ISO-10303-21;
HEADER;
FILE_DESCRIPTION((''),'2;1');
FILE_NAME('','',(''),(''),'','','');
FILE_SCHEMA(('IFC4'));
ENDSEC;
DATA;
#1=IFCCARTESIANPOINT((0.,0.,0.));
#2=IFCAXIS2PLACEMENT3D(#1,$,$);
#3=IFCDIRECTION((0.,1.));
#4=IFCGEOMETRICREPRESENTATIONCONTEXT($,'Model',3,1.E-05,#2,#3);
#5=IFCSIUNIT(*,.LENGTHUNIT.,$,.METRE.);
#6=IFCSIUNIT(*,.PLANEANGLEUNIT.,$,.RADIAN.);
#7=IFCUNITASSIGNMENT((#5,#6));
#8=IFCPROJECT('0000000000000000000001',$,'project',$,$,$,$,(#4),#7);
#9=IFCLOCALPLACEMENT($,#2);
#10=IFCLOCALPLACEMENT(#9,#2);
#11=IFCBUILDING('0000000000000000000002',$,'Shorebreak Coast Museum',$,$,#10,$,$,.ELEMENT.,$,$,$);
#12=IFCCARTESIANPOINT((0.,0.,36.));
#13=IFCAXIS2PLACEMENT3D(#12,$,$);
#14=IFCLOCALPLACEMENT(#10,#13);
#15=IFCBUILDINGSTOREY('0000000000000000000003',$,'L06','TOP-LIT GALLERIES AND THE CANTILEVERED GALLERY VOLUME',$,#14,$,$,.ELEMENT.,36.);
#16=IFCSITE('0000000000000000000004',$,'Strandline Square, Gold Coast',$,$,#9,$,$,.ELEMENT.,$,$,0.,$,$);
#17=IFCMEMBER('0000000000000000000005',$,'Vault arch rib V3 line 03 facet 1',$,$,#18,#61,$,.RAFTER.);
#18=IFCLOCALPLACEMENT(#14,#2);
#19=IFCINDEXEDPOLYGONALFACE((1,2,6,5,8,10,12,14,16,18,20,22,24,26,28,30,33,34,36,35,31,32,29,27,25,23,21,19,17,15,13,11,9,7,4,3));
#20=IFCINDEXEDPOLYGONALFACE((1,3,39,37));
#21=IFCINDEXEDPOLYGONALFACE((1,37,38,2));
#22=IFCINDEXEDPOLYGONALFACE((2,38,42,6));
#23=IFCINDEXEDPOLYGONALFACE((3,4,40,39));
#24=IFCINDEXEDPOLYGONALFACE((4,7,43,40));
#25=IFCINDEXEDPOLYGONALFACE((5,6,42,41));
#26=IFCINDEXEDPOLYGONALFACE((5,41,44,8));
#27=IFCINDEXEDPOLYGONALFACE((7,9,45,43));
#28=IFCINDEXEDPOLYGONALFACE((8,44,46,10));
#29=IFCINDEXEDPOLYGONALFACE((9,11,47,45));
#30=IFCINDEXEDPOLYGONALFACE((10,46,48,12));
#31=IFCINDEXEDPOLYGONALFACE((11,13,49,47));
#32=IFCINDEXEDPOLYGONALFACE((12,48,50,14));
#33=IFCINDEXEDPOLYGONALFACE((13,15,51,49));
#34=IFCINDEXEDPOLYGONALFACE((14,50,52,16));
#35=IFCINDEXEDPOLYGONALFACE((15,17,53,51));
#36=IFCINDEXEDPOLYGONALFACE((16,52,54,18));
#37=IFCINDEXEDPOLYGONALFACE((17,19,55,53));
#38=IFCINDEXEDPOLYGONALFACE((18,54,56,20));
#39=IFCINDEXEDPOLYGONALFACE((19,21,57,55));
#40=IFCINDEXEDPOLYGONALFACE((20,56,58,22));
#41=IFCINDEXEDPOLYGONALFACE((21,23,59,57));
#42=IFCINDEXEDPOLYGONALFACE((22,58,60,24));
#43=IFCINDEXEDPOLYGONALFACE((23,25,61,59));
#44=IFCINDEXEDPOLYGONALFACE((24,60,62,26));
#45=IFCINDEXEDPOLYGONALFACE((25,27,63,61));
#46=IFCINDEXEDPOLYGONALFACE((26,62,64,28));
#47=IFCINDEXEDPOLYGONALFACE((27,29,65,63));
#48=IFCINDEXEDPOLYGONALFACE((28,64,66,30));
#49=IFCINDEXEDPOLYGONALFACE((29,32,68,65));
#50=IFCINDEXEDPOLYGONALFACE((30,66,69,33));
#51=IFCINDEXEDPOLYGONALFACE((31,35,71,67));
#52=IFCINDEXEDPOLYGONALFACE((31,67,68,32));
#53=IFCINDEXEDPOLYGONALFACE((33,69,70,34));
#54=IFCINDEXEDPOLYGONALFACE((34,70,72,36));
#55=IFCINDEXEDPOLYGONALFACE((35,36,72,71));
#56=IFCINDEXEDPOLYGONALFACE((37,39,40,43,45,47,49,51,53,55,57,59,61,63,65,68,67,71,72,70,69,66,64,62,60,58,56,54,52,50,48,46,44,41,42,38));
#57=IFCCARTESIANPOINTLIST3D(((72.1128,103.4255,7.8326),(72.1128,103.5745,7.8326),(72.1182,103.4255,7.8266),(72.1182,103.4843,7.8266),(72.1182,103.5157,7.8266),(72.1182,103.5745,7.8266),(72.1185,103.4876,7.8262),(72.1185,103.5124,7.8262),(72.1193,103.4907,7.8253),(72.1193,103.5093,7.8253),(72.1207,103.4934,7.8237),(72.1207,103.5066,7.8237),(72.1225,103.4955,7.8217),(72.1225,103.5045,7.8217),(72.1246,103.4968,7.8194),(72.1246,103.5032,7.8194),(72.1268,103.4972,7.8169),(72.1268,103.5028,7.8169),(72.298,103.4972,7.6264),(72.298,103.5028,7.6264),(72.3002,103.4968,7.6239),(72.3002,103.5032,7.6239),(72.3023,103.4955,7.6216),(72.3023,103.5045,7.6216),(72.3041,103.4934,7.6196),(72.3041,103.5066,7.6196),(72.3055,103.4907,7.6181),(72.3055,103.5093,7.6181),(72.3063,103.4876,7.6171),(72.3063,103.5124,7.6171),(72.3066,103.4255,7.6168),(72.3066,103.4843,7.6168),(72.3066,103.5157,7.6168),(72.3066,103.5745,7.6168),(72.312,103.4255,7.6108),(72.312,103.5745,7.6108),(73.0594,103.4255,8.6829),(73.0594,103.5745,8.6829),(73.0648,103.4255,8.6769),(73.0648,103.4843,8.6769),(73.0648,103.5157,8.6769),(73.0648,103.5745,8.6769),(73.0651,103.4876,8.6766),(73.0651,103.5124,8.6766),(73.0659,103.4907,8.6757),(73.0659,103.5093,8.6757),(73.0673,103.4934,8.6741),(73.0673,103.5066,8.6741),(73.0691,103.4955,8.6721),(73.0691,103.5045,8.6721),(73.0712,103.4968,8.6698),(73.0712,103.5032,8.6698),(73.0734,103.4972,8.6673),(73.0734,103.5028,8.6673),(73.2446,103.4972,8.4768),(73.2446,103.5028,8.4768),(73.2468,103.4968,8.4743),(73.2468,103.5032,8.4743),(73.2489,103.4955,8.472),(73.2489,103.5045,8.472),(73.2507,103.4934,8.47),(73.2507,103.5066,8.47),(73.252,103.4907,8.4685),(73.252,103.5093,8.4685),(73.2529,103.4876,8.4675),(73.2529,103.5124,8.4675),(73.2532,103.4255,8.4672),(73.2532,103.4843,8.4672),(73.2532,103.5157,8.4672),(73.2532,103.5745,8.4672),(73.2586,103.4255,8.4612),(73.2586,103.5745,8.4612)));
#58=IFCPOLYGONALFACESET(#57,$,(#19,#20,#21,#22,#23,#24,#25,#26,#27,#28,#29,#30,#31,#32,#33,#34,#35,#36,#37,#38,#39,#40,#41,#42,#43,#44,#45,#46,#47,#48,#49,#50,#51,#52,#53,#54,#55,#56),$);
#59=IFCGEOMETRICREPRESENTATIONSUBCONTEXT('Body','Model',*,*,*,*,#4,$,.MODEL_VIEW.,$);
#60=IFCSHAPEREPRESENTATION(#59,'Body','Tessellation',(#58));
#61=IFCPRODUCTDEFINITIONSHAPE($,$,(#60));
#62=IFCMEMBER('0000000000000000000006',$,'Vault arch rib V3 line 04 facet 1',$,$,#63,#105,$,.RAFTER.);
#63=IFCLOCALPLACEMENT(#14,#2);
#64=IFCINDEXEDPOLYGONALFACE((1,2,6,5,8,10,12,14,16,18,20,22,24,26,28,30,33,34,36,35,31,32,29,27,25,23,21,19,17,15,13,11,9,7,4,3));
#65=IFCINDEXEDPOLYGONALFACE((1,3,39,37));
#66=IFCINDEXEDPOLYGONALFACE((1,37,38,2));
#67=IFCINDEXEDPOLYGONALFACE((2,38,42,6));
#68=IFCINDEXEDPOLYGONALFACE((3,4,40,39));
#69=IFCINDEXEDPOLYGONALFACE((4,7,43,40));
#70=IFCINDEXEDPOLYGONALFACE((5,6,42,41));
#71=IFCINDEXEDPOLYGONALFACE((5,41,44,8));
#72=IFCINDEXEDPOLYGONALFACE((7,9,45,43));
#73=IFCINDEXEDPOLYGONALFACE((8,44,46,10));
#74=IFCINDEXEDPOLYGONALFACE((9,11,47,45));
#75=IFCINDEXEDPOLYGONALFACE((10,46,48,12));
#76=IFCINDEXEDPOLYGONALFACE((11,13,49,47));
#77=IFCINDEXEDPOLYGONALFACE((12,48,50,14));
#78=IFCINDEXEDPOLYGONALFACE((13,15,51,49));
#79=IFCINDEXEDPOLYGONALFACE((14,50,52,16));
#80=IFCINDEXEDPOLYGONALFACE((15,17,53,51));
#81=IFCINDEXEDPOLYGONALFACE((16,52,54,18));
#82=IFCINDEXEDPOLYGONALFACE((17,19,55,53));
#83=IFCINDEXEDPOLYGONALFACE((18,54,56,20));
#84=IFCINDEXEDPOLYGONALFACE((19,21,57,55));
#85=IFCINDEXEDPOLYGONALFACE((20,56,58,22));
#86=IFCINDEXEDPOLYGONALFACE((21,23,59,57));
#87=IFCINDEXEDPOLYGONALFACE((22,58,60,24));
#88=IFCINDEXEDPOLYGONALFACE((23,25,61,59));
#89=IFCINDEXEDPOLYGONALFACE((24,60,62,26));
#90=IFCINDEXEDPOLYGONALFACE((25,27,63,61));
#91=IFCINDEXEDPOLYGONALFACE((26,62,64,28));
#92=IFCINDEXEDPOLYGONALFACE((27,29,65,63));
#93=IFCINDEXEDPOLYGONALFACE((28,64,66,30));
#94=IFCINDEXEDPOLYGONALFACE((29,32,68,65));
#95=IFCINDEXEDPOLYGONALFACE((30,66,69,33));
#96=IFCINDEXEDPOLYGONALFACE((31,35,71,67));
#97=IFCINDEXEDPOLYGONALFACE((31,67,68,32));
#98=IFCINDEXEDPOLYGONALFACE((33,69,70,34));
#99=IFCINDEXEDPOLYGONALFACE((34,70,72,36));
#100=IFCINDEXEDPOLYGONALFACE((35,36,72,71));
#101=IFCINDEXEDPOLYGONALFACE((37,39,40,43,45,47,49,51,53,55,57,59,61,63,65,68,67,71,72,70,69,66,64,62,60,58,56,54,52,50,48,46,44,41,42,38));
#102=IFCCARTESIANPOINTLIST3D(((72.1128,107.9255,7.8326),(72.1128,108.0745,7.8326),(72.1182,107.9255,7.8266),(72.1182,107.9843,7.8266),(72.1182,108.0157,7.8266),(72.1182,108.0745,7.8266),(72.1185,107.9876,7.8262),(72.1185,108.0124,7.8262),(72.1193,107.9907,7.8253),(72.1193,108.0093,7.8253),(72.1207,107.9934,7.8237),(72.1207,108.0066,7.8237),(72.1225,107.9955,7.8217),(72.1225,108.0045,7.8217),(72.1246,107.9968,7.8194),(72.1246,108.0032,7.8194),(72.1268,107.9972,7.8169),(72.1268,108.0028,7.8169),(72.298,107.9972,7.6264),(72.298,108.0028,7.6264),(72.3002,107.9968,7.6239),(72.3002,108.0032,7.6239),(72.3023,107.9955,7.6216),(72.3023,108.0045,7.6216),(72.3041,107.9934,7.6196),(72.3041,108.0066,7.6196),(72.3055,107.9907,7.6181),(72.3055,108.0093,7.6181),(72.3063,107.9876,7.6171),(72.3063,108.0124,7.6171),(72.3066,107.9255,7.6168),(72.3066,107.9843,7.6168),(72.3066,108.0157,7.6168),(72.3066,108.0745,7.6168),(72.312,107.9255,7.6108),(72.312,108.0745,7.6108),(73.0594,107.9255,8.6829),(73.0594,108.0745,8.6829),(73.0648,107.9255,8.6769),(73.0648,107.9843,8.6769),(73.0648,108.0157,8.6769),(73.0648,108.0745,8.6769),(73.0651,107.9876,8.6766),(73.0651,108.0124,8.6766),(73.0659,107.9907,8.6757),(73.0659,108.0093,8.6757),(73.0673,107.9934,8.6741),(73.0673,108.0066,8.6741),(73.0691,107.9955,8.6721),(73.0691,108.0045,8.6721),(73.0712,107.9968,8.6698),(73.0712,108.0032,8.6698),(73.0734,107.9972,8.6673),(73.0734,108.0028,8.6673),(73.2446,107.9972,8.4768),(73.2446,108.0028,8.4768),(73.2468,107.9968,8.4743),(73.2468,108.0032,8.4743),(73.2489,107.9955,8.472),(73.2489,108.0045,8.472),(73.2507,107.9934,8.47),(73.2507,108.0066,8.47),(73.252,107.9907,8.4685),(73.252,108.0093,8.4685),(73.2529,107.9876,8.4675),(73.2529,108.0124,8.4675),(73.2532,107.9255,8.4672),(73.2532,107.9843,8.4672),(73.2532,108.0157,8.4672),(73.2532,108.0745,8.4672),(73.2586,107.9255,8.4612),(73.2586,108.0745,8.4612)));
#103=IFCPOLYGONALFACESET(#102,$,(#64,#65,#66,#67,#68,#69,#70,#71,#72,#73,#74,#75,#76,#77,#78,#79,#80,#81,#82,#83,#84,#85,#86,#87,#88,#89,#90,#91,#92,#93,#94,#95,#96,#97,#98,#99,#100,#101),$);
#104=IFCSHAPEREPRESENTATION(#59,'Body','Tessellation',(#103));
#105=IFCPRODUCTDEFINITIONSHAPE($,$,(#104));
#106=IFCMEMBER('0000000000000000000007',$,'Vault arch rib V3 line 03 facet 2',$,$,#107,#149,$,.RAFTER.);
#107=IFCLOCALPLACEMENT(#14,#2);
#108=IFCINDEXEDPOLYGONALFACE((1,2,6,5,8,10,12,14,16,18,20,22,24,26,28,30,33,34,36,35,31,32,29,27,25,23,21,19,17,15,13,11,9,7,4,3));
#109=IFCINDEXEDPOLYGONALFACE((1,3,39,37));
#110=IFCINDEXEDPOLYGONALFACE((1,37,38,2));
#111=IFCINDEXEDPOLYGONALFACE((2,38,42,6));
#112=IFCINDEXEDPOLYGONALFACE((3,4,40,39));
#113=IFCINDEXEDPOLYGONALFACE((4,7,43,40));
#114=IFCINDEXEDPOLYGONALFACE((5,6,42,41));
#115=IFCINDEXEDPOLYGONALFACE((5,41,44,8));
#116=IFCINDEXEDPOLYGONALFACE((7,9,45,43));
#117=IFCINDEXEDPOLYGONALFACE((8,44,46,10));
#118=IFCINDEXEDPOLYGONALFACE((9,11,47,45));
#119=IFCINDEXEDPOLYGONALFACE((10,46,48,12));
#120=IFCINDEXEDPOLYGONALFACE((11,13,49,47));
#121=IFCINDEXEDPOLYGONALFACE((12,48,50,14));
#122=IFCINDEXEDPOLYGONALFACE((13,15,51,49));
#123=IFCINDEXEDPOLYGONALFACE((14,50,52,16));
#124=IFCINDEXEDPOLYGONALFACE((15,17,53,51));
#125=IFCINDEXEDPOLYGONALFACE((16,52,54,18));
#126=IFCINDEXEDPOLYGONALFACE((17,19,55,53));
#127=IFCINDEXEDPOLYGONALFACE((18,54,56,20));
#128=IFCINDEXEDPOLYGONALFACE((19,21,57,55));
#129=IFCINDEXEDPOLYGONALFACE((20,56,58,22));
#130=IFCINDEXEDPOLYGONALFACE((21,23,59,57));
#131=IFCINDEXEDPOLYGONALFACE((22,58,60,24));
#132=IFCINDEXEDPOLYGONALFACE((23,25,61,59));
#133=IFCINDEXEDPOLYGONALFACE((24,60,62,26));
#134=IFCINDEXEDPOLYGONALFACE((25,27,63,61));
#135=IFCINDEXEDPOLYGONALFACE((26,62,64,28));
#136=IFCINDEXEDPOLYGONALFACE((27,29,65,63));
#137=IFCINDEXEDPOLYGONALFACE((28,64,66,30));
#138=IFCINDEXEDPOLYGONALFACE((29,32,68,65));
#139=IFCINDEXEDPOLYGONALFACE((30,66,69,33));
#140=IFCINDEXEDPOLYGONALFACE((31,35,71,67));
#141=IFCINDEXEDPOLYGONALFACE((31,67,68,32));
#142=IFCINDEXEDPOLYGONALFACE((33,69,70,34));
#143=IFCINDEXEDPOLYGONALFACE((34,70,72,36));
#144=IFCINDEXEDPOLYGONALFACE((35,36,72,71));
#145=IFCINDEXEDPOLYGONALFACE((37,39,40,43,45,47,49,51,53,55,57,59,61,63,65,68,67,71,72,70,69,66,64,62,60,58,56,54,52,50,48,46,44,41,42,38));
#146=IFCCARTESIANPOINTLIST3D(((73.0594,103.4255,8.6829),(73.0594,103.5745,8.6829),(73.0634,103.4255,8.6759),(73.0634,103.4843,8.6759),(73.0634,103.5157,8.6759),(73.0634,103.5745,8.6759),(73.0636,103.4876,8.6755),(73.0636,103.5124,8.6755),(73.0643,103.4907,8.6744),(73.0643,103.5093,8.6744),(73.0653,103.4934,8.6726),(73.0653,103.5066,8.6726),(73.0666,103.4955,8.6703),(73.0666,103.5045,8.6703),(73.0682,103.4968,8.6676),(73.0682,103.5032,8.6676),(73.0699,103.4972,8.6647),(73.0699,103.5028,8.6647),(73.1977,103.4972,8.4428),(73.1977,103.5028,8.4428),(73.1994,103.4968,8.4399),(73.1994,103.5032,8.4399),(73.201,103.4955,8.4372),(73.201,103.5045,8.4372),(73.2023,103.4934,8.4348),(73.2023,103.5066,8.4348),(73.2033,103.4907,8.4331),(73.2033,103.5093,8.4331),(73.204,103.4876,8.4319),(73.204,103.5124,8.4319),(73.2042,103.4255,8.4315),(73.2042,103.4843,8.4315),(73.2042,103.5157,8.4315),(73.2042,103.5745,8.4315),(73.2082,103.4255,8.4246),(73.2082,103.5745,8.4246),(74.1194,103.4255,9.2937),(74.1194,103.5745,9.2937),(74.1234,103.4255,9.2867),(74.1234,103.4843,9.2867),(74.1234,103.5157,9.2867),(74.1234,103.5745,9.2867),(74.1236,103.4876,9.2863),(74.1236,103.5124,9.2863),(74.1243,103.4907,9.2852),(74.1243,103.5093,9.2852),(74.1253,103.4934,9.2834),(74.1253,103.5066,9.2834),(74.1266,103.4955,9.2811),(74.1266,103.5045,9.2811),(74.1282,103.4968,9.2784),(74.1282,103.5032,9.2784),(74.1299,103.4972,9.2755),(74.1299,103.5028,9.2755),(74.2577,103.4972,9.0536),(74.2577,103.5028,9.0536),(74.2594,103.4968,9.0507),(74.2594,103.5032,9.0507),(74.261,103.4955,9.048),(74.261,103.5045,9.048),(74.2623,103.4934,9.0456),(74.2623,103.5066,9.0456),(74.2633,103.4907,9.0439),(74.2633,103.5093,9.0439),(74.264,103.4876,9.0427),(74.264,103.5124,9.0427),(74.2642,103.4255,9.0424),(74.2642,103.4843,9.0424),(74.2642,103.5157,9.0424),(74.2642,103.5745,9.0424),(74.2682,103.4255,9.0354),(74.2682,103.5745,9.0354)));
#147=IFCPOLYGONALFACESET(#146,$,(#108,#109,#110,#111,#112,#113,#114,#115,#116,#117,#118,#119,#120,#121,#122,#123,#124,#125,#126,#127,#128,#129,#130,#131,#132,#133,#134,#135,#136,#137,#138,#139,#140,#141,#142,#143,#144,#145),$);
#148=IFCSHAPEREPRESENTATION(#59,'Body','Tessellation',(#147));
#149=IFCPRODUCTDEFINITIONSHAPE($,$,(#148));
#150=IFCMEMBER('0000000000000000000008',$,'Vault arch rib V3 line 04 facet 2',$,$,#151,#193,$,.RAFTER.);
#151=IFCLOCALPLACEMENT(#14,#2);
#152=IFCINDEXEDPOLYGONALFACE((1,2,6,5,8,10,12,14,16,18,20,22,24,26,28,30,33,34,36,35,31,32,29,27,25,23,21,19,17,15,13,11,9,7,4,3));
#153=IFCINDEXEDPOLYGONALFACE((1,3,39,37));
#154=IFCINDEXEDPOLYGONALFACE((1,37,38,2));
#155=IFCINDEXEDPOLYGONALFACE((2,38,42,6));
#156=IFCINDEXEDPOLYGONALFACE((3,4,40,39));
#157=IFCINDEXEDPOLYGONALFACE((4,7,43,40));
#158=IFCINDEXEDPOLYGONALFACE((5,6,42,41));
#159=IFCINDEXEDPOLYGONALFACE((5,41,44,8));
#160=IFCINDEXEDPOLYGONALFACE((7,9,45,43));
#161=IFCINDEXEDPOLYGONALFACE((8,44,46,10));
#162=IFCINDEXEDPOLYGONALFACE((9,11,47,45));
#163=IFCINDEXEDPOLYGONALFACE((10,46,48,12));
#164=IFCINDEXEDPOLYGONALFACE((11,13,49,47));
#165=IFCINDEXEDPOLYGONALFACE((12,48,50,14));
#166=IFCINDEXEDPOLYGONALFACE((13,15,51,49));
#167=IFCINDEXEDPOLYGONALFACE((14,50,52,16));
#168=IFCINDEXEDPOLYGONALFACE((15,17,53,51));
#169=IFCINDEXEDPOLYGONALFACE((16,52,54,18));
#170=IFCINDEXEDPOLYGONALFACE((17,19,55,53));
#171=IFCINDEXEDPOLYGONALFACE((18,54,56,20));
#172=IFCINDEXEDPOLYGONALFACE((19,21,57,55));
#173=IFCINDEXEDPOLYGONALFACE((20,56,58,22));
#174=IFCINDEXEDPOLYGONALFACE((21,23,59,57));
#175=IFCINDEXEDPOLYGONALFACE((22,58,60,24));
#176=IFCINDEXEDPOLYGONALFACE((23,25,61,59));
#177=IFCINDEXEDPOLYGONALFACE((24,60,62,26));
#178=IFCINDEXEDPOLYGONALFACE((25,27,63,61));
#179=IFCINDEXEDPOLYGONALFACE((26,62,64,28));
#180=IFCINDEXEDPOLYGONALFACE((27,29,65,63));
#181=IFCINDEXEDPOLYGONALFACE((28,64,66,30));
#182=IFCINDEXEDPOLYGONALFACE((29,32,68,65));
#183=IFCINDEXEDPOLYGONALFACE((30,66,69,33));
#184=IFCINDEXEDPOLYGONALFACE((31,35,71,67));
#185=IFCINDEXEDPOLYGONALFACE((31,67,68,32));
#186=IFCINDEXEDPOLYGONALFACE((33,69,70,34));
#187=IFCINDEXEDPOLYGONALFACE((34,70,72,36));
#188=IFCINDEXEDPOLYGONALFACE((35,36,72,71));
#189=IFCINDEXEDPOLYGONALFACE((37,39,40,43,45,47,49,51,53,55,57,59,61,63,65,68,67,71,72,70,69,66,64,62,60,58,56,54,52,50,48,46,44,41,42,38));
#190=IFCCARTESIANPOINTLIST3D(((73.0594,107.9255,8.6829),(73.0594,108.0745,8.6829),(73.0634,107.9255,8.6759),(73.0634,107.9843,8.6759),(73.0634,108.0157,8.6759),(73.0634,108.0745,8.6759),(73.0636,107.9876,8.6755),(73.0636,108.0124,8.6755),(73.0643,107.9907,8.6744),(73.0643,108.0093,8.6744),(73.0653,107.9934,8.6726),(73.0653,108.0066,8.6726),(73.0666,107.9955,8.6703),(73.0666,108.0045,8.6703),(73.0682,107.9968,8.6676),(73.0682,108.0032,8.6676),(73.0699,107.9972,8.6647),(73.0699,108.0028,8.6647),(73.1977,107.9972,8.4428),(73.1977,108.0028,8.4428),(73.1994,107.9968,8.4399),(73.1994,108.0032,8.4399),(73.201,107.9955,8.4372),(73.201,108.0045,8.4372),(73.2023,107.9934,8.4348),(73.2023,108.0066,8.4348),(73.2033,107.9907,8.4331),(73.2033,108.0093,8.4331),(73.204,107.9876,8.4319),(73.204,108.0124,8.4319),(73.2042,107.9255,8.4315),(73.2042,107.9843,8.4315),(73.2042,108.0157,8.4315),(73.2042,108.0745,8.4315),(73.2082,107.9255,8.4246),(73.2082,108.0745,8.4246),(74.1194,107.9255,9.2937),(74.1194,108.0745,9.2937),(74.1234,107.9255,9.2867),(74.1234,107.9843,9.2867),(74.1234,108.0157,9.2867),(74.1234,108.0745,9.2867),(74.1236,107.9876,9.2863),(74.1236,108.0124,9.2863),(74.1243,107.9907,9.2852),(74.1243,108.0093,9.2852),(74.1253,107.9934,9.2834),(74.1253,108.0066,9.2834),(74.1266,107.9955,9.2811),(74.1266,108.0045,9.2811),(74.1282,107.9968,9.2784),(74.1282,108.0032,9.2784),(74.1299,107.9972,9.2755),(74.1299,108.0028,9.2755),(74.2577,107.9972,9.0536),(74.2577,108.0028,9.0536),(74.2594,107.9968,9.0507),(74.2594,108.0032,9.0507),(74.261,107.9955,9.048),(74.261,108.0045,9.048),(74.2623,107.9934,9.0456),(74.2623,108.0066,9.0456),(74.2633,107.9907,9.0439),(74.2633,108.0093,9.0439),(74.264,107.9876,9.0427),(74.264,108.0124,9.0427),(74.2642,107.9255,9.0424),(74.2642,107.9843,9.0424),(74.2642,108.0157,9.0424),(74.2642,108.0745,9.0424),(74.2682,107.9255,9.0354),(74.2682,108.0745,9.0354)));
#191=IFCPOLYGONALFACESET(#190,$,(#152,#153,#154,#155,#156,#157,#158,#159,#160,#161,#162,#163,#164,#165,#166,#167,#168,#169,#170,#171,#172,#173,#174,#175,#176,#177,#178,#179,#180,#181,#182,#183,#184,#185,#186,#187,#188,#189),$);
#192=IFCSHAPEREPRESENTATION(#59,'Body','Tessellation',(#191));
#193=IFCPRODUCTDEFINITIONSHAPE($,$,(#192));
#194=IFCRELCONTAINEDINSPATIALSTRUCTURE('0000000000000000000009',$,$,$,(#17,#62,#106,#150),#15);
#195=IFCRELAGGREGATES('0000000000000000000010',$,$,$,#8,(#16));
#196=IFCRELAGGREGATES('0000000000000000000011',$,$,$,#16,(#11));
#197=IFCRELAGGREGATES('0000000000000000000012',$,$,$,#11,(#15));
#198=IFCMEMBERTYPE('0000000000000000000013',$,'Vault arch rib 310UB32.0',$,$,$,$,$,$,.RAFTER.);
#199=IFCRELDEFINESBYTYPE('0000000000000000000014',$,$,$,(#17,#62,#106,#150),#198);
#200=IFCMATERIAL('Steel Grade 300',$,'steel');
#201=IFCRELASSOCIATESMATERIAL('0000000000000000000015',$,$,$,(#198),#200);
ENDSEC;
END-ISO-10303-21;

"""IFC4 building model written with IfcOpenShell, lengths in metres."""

from ifc_helpers import new_model, si_unit, direction, frame, origin, origin_2d, place, context, subcontext, project, spatial, i_section, extrude, material, material_profile, profile_set, type_object, element, save


model = new_model("IFC4")

# Units and contexts
model_context = context("Model", 3, precision=1e-05, world=origin(), true_north=direction((0.0, 1.0)))
body_context = subcontext(model_context, "Body", "Model", "MODEL_VIEW")
ifc_project = project(units=[si_unit("LENGTHUNIT", "METRE"), si_unit("PLANEANGLEUNIT", "RADIAN")], contexts=[model_context])

# Site, building, storey
site_placement = place(None, origin())
site = spatial("IfcSite", under=ifc_project, at=site_placement, Name="Strandline Square, Gold Coast", CompositionType="ELEMENT", RefElevation=0.0)
building_placement = place(site_placement, origin())
building = spatial("IfcBuilding", under=site, at=building_placement, Name="Shorebreak Coast Museum", CompositionType="ELEMENT")
storey_placement = place(building_placement, frame((0.0, 0.0, 36.0)))
storey = spatial("IfcBuildingStorey", under=building, at=storey_placement, Name="L06", Description="TOP-LIT GALLERIES AND THE CANTILEVERED GALLERY VOLUME", CompositionType="ELEMENT", Elevation=36.0)

# Members
ifc_material_1 = material(Name="Steel Grade 300", Category="steel")
ifc_material_profile_1 = material_profile(ifc_material_1, i_section(OverallWidth=0.1489, OverallDepth=0.2981, WebThickness=0.0056, FlangeThickness=0.0081, FilletRadius=0.0129, at=origin_2d()), Name="310UB32.0")
ifc_profile_set_1 = profile_set([ifc_material_profile_1], Name="Steel Grade 300")
member_type_1 = type_object("IfcMemberType", Name="Vault arch rib 310UB32.0", PredefinedType="RAFTER", material=ifc_profile_set_1)
for number, where, z_axis, x_axis, name in (
    (1, (72.2124, 103.5, 7.7217), (0.743895, 0.0, 0.668297), (0.0, 1.0, 0.0), "Vault arch rib V3 line 03 facet 1"),
    (2, (72.2124, 108.0, 7.7217), (0.743895, 0.0, 0.668297), (0.0, 1.0, 0.0), "Vault arch rib V3 line 04 facet 1"),
):
    element("IfcMember", number, at=place(storey_placement, frame(where, z_axis=z_axis, x_axis=x_axis)), inside=storey, type_object=member_type_1, Name=name, PredefinedType="RAFTER", context=body_context, shape_type="SweptSolid", body=[
        extrude(i_section(OverallWidth=0.1489, OverallDepth=0.2981, WebThickness=0.0056, FlangeThickness=0.0081, FilletRadius=0.0129, at=origin_2d()), origin(), (0.0, 0.0, 1.0), 1.2725),
    ])
for number, where, z_axis, x_axis, name in (
    (3, (73.1338, 103.5, 8.5537), (0.866445, 0.0, 0.499273), (0.0, 1.0, 0.0), "Vault arch rib V3 line 03 facet 2"),
    (4, (73.1338, 108.0, 8.5537), (0.866445, 0.0, 0.499273), (0.0, 1.0, 0.0), "Vault arch rib V3 line 04 facet 2"),
):
    element("IfcMember", number, at=place(storey_placement, frame(where, z_axis=z_axis, x_axis=x_axis)), inside=storey, type_object=member_type_1, Name=name, PredefinedType="RAFTER", context=body_context, shape_type="SweptSolid", body=[
        extrude(i_section(OverallWidth=0.1489, OverallDepth=0.2981, WebThickness=0.0056, FlangeThickness=0.0081, FilletRadius=0.0129, at=origin_2d()), origin(), (0.0, 0.0, 1.0), 1.2234),
    ])

save(model, "model.ifc")
